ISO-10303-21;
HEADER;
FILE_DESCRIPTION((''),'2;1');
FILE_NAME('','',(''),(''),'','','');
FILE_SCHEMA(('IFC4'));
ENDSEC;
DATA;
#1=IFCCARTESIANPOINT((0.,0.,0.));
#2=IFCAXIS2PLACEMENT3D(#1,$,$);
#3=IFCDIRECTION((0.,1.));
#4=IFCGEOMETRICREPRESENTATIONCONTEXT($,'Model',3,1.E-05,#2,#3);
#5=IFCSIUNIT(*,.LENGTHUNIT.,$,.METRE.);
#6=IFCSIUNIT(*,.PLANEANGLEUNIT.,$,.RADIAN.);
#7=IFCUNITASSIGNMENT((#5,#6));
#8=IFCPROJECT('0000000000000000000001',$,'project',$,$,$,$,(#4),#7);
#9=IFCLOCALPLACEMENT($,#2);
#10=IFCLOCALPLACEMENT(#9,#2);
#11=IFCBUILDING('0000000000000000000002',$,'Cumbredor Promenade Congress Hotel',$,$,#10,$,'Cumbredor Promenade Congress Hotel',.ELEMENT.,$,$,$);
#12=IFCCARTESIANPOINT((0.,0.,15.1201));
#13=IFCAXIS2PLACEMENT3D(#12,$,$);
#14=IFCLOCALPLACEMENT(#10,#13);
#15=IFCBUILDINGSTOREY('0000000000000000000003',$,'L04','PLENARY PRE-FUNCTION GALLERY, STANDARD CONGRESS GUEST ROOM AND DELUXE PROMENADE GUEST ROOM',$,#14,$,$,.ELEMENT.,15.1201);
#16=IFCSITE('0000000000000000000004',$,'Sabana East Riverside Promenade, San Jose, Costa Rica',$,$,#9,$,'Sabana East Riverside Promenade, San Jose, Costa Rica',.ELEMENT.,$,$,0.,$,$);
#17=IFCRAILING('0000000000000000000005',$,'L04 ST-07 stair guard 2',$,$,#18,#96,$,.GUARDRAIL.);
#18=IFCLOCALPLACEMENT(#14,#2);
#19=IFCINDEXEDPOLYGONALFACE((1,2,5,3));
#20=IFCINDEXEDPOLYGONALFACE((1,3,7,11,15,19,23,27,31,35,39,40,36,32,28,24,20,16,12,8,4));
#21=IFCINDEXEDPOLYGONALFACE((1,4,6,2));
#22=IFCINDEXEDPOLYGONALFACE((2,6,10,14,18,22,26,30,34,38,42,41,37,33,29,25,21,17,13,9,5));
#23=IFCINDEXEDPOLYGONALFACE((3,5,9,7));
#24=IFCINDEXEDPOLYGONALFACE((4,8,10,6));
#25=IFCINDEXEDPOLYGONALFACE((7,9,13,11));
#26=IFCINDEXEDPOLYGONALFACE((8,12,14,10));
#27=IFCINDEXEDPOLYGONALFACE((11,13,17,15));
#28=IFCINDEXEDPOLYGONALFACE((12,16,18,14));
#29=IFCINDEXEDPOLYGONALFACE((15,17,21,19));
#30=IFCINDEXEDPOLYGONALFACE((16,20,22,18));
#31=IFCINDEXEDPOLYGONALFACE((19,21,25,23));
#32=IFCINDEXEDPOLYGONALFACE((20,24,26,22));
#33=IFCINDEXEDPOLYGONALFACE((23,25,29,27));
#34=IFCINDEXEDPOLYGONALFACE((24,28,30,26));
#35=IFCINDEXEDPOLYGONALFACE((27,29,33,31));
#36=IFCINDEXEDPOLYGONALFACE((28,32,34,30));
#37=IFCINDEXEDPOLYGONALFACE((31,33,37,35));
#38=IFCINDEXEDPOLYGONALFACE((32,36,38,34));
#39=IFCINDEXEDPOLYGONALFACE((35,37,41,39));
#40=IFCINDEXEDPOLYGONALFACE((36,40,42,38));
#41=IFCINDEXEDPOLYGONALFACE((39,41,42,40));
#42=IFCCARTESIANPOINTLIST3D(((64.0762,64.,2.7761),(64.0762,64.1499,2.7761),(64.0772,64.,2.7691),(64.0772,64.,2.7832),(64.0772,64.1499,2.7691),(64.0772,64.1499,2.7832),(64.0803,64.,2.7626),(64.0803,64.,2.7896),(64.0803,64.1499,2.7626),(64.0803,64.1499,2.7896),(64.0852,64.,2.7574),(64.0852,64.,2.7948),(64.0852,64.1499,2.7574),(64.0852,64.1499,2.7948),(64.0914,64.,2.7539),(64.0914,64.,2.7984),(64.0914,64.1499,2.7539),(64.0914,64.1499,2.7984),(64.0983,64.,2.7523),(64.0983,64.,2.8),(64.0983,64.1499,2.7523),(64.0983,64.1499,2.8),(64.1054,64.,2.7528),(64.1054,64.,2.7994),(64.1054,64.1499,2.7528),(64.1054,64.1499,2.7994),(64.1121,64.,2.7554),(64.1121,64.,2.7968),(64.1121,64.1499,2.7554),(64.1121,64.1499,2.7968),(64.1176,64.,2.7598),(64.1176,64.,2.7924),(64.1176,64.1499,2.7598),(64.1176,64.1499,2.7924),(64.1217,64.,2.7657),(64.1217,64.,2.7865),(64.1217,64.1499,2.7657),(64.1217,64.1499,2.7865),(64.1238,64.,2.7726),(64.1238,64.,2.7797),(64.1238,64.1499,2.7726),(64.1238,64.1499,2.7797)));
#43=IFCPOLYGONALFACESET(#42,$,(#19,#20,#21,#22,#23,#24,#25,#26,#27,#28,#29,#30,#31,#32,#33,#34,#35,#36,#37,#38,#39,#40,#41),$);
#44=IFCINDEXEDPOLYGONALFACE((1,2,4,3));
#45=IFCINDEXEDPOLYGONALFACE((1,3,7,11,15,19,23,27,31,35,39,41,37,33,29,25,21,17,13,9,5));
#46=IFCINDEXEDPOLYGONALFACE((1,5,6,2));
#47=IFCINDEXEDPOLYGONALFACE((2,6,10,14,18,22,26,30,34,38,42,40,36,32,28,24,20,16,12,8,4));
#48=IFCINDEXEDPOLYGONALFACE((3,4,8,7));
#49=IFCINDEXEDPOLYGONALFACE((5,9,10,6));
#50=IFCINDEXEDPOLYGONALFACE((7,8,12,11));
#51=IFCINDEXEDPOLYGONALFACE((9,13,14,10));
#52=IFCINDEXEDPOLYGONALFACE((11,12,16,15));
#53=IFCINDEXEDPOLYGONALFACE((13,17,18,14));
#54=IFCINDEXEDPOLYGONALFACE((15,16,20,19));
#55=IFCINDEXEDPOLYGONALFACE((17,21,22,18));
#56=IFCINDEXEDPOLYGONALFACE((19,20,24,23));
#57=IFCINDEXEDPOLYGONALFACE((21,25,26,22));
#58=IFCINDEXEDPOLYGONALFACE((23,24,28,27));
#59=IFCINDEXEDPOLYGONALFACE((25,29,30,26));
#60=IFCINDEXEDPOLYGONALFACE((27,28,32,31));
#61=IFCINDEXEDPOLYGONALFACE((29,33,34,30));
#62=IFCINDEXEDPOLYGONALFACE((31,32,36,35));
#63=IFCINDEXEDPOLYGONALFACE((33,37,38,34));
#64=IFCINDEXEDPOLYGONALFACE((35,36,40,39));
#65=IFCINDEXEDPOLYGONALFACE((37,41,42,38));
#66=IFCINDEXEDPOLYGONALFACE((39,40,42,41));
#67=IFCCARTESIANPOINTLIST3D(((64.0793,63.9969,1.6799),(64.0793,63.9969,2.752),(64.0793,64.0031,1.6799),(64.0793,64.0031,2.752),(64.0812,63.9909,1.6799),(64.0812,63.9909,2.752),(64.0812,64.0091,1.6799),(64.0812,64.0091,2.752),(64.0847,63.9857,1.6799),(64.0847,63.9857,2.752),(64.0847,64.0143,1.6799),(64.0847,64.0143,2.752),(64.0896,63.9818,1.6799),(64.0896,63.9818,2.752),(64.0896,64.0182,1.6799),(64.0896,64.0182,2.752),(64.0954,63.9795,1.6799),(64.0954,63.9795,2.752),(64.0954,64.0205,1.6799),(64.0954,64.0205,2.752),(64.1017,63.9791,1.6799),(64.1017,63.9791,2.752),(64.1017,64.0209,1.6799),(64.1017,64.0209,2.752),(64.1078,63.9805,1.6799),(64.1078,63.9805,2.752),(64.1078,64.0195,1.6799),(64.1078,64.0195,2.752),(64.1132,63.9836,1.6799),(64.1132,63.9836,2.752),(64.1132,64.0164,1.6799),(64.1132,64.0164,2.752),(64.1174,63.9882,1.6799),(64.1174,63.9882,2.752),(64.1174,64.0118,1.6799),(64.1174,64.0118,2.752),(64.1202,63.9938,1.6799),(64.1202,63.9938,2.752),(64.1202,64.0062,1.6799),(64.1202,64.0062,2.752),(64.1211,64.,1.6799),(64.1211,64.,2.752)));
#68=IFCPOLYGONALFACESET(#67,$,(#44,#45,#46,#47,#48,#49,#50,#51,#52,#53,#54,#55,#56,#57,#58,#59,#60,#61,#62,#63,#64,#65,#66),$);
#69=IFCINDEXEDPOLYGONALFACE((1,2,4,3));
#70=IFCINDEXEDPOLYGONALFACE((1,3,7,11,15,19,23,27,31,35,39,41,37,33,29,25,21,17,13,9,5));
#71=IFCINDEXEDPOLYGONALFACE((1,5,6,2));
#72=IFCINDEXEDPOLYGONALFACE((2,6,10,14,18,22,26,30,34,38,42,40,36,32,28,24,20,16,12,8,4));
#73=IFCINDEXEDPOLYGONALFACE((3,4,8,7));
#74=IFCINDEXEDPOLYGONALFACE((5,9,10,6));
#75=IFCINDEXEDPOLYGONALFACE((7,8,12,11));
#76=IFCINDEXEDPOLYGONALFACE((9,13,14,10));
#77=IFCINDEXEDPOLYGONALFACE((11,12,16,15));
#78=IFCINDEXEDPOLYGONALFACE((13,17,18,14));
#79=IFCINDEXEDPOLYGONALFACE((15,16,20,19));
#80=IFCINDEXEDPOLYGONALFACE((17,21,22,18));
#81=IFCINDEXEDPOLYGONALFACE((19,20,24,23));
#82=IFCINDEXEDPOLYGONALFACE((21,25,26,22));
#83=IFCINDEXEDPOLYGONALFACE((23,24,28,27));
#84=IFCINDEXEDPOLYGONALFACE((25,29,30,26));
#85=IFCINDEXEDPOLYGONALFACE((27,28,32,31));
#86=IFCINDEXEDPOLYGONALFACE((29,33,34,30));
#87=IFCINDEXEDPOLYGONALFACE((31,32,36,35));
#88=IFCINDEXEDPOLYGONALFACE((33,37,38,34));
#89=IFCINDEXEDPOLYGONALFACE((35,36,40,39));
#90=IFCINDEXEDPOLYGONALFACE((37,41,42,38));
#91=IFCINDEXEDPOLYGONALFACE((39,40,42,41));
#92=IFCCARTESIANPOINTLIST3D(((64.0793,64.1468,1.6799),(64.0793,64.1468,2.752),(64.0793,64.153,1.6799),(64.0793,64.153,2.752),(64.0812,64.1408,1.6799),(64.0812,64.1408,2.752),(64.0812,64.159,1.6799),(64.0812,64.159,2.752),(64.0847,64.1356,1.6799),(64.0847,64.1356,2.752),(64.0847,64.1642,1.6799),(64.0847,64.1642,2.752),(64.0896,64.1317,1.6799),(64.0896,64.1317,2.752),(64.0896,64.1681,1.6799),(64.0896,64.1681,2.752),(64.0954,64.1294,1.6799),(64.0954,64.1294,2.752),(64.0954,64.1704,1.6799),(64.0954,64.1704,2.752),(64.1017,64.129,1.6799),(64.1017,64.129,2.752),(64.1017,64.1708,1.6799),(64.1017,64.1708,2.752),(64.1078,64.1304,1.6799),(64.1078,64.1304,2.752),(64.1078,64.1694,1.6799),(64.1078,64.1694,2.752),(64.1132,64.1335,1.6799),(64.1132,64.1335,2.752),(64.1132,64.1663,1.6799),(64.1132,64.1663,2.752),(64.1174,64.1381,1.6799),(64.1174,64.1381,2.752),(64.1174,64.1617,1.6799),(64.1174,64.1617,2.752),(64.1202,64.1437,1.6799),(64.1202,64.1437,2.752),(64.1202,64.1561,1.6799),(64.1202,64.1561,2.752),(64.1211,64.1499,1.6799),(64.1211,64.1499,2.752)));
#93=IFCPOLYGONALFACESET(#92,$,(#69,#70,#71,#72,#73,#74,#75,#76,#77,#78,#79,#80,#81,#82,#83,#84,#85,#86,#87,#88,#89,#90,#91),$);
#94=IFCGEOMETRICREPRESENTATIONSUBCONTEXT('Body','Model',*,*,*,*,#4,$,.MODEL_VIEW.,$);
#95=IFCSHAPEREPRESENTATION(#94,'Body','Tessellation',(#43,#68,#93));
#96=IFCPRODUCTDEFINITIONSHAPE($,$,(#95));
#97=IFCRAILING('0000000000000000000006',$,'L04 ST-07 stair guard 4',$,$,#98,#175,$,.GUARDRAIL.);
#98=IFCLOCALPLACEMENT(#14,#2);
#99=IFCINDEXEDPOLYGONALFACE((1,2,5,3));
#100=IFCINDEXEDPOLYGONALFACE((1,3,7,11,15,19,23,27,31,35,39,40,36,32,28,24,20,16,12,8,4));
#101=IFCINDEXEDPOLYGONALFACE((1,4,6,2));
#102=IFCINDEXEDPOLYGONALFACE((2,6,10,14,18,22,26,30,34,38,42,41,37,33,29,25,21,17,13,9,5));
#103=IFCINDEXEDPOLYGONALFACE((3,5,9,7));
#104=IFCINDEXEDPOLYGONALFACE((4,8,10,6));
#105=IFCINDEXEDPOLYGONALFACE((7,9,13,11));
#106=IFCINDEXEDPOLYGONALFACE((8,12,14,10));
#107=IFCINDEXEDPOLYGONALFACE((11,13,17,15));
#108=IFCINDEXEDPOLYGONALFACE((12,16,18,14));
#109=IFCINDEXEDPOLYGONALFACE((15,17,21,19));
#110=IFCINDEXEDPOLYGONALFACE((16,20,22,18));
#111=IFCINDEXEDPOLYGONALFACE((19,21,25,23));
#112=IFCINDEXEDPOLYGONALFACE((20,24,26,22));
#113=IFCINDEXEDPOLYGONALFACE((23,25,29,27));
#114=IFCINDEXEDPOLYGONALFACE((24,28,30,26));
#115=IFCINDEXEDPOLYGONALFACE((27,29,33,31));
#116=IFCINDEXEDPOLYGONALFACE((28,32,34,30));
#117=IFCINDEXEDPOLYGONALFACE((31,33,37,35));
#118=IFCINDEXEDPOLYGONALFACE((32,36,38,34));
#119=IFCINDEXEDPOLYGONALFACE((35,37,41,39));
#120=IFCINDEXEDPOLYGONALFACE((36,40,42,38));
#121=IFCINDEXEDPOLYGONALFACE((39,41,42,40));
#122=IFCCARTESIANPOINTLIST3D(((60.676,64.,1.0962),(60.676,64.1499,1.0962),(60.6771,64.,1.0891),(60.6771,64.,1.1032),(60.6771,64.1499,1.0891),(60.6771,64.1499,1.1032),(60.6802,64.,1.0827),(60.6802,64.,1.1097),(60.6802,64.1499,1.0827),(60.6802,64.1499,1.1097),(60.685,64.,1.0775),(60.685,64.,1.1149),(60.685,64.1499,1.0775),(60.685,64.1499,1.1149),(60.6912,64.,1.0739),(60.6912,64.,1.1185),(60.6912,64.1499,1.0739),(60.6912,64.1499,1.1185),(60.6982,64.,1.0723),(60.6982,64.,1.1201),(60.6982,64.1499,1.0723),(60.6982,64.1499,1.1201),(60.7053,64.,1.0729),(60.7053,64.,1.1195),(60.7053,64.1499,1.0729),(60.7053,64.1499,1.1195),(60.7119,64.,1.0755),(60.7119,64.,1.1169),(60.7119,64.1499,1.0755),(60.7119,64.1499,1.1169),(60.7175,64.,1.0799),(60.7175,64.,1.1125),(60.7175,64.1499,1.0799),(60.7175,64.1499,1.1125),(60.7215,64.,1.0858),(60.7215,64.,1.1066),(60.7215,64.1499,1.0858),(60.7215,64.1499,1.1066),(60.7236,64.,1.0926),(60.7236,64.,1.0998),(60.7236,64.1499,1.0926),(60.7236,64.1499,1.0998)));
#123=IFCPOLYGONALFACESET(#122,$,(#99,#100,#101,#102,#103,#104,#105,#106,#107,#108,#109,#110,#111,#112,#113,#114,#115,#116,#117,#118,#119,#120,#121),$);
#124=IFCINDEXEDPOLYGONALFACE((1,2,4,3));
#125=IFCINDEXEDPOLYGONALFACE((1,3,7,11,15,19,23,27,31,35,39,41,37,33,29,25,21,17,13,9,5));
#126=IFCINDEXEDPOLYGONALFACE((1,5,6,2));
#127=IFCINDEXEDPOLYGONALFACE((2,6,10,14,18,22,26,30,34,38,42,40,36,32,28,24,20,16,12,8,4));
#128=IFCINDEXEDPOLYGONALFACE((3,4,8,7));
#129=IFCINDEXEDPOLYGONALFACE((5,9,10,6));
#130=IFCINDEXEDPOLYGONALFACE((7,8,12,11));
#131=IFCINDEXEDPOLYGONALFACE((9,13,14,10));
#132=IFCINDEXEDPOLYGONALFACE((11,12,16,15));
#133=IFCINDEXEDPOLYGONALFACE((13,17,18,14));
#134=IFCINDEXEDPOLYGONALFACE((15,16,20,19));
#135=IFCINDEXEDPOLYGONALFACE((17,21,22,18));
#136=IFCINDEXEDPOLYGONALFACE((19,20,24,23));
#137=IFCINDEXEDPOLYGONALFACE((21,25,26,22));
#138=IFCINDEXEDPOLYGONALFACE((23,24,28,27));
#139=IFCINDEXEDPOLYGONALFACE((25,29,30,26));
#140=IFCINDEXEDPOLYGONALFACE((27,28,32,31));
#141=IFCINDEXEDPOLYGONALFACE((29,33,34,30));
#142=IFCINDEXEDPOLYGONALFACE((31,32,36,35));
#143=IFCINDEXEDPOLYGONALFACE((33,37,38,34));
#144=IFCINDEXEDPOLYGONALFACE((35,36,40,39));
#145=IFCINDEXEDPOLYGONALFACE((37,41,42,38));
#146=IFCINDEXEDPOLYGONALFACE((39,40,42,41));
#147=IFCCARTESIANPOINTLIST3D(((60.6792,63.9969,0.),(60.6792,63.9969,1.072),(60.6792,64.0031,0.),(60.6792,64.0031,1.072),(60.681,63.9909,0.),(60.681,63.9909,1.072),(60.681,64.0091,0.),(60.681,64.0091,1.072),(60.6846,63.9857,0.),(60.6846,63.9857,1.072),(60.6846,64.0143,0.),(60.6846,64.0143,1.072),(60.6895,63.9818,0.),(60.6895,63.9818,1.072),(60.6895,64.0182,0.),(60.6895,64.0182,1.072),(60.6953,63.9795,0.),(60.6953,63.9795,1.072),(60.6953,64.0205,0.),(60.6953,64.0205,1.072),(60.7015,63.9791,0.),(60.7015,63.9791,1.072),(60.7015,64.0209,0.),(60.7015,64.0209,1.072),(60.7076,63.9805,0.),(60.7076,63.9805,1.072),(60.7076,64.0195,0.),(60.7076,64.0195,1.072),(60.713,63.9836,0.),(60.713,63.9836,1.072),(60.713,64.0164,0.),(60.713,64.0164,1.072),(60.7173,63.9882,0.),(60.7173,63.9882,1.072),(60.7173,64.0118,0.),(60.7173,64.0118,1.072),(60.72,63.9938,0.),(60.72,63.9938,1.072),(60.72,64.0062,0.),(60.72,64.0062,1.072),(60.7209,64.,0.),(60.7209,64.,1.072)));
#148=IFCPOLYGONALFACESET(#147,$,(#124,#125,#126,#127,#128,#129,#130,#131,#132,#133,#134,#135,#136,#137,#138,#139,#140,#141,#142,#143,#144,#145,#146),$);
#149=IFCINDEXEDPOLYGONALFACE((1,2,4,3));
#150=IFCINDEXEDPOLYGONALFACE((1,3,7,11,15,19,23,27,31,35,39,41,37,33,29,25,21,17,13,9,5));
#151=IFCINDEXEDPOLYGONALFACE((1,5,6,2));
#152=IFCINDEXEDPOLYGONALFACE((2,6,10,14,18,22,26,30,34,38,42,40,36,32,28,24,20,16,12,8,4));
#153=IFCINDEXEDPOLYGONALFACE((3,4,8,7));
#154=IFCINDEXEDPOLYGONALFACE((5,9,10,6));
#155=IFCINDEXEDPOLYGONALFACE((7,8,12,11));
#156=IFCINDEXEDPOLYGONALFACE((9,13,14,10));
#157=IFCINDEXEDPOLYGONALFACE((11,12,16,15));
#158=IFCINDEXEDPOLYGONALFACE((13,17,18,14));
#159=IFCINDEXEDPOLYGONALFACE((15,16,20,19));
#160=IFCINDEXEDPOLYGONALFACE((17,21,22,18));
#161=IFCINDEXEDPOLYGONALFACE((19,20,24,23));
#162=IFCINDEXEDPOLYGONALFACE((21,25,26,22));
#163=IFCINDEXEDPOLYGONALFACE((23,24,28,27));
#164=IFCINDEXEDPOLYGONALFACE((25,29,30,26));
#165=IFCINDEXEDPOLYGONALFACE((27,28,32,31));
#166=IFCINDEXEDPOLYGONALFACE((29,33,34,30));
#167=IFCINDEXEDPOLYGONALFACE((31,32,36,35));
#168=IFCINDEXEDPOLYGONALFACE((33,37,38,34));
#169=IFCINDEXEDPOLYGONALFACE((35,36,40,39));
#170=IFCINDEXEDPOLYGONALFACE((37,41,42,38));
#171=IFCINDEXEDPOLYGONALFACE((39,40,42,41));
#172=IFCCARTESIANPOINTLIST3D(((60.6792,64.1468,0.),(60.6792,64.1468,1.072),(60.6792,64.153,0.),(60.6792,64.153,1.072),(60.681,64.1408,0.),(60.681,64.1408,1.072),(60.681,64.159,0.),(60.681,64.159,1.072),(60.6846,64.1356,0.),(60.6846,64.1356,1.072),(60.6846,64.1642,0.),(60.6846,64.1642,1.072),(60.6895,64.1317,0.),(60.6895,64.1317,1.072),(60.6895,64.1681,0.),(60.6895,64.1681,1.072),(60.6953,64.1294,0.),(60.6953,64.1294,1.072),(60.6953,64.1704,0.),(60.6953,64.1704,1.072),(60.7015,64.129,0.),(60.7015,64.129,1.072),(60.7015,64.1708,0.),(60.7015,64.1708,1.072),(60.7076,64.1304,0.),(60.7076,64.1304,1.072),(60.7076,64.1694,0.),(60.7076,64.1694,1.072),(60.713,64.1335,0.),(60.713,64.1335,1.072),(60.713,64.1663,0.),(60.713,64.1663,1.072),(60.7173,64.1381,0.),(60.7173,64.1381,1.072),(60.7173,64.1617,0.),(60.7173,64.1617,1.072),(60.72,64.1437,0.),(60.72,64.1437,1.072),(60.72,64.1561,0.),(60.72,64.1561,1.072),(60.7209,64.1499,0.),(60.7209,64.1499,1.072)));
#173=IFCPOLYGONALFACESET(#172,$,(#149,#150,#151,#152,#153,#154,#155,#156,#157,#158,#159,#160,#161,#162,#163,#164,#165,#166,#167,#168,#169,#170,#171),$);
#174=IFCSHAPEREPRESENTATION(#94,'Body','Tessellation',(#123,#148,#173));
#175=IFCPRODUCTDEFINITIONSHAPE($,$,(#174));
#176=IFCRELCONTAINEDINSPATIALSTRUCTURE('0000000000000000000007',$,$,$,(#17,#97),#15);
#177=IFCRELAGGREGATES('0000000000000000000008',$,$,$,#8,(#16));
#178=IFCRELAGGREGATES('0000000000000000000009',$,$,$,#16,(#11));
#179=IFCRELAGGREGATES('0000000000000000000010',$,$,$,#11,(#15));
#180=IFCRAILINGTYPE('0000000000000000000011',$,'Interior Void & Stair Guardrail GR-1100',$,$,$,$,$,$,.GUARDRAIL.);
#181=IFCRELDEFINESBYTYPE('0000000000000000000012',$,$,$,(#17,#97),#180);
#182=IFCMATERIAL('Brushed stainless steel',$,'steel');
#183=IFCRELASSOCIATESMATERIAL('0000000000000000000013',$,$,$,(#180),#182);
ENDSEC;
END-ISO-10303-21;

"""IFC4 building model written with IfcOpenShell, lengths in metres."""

from ifc_helpers import new_model, si_unit, direction, frame, origin, origin_2d, place, context, subcontext, project, spatial, circle, extrude, material, type_object, element, save


model = new_model("IFC4")

# Units and contexts
model_context = context("Model", 3, precision=1e-05, world=origin(), true_north=direction((0.0, 1.0)))
body_context = subcontext(model_context, "Body", "Model", "MODEL_VIEW")
ifc_project = project(units=[si_unit("LENGTHUNIT", "METRE"), si_unit("PLANEANGLEUNIT", "RADIAN")], contexts=[model_context])

# Site, building, storey
site_placement = place(None, origin())
site = spatial("IfcSite", under=ifc_project, at=site_placement, Name="Sabana East Riverside Promenade, San Jose, Costa Rica", LongName="Sabana East Riverside Promenade, San Jose, Costa Rica", CompositionType="ELEMENT", RefElevation=0.0)
building_placement = place(site_placement, origin())
building = spatial("IfcBuilding", under=site, at=building_placement, Name="Cumbredor Promenade Congress Hotel", LongName="Cumbredor Promenade Congress Hotel", CompositionType="ELEMENT")
storey_placement = place(building_placement, frame((0.0, 0.0, 15.1201)))
storey = spatial("IfcBuildingStorey", under=building, at=storey_placement, Name="L04", Description="PLENARY PRE-FUNCTION GALLERY, STANDARD CONGRESS GUEST ROOM AND DELUXE PROMENADE GUEST ROOM", CompositionType="ELEMENT", Elevation=15.1201)

# Railings
ifc_material_1 = material(Name="Brushed stainless steel", Category="steel")
railing_type_1 = type_object("IfcRailingType", Name="Interior Void & Stair Guardrail GR-1100", PredefinedType="GUARDRAIL", material=ifc_material_1)
for number, where, name in (
    (1, (64.1001, 64.0, 1.6799), "L04 ST-07 stair guard 2"),
    (2, (60.7, 64.0, 0.0), "L04 ST-07 stair guard 4"),
):
    element("IfcRailing", number, at=place(storey_placement, frame(where)), inside=storey, type_object=railing_type_1, Name=name, PredefinedType="GUARDRAIL", context=body_context, shape_type="SweptSolid", body=[
        extrude(circle(Radius=0.0239, at=origin_2d()), frame((0.0, 0.0, 1.0962), z_axis=(0.0, 1.0, 0.0), x_axis=(-1.0, 0.0, 0.0)), (0.0, 0.0, 1.0), 0.1499),
        extrude(circle(Radius=0.021, at=origin_2d()), origin(), (0.0, 0.0, 1.0), 1.072),
        extrude(circle(Radius=0.021, at=origin_2d()), frame((0.0, 0.1499, 0.0)), (0.0, 0.0, 1.0), 1.072),
    ])

save(model, "model.ifc")
